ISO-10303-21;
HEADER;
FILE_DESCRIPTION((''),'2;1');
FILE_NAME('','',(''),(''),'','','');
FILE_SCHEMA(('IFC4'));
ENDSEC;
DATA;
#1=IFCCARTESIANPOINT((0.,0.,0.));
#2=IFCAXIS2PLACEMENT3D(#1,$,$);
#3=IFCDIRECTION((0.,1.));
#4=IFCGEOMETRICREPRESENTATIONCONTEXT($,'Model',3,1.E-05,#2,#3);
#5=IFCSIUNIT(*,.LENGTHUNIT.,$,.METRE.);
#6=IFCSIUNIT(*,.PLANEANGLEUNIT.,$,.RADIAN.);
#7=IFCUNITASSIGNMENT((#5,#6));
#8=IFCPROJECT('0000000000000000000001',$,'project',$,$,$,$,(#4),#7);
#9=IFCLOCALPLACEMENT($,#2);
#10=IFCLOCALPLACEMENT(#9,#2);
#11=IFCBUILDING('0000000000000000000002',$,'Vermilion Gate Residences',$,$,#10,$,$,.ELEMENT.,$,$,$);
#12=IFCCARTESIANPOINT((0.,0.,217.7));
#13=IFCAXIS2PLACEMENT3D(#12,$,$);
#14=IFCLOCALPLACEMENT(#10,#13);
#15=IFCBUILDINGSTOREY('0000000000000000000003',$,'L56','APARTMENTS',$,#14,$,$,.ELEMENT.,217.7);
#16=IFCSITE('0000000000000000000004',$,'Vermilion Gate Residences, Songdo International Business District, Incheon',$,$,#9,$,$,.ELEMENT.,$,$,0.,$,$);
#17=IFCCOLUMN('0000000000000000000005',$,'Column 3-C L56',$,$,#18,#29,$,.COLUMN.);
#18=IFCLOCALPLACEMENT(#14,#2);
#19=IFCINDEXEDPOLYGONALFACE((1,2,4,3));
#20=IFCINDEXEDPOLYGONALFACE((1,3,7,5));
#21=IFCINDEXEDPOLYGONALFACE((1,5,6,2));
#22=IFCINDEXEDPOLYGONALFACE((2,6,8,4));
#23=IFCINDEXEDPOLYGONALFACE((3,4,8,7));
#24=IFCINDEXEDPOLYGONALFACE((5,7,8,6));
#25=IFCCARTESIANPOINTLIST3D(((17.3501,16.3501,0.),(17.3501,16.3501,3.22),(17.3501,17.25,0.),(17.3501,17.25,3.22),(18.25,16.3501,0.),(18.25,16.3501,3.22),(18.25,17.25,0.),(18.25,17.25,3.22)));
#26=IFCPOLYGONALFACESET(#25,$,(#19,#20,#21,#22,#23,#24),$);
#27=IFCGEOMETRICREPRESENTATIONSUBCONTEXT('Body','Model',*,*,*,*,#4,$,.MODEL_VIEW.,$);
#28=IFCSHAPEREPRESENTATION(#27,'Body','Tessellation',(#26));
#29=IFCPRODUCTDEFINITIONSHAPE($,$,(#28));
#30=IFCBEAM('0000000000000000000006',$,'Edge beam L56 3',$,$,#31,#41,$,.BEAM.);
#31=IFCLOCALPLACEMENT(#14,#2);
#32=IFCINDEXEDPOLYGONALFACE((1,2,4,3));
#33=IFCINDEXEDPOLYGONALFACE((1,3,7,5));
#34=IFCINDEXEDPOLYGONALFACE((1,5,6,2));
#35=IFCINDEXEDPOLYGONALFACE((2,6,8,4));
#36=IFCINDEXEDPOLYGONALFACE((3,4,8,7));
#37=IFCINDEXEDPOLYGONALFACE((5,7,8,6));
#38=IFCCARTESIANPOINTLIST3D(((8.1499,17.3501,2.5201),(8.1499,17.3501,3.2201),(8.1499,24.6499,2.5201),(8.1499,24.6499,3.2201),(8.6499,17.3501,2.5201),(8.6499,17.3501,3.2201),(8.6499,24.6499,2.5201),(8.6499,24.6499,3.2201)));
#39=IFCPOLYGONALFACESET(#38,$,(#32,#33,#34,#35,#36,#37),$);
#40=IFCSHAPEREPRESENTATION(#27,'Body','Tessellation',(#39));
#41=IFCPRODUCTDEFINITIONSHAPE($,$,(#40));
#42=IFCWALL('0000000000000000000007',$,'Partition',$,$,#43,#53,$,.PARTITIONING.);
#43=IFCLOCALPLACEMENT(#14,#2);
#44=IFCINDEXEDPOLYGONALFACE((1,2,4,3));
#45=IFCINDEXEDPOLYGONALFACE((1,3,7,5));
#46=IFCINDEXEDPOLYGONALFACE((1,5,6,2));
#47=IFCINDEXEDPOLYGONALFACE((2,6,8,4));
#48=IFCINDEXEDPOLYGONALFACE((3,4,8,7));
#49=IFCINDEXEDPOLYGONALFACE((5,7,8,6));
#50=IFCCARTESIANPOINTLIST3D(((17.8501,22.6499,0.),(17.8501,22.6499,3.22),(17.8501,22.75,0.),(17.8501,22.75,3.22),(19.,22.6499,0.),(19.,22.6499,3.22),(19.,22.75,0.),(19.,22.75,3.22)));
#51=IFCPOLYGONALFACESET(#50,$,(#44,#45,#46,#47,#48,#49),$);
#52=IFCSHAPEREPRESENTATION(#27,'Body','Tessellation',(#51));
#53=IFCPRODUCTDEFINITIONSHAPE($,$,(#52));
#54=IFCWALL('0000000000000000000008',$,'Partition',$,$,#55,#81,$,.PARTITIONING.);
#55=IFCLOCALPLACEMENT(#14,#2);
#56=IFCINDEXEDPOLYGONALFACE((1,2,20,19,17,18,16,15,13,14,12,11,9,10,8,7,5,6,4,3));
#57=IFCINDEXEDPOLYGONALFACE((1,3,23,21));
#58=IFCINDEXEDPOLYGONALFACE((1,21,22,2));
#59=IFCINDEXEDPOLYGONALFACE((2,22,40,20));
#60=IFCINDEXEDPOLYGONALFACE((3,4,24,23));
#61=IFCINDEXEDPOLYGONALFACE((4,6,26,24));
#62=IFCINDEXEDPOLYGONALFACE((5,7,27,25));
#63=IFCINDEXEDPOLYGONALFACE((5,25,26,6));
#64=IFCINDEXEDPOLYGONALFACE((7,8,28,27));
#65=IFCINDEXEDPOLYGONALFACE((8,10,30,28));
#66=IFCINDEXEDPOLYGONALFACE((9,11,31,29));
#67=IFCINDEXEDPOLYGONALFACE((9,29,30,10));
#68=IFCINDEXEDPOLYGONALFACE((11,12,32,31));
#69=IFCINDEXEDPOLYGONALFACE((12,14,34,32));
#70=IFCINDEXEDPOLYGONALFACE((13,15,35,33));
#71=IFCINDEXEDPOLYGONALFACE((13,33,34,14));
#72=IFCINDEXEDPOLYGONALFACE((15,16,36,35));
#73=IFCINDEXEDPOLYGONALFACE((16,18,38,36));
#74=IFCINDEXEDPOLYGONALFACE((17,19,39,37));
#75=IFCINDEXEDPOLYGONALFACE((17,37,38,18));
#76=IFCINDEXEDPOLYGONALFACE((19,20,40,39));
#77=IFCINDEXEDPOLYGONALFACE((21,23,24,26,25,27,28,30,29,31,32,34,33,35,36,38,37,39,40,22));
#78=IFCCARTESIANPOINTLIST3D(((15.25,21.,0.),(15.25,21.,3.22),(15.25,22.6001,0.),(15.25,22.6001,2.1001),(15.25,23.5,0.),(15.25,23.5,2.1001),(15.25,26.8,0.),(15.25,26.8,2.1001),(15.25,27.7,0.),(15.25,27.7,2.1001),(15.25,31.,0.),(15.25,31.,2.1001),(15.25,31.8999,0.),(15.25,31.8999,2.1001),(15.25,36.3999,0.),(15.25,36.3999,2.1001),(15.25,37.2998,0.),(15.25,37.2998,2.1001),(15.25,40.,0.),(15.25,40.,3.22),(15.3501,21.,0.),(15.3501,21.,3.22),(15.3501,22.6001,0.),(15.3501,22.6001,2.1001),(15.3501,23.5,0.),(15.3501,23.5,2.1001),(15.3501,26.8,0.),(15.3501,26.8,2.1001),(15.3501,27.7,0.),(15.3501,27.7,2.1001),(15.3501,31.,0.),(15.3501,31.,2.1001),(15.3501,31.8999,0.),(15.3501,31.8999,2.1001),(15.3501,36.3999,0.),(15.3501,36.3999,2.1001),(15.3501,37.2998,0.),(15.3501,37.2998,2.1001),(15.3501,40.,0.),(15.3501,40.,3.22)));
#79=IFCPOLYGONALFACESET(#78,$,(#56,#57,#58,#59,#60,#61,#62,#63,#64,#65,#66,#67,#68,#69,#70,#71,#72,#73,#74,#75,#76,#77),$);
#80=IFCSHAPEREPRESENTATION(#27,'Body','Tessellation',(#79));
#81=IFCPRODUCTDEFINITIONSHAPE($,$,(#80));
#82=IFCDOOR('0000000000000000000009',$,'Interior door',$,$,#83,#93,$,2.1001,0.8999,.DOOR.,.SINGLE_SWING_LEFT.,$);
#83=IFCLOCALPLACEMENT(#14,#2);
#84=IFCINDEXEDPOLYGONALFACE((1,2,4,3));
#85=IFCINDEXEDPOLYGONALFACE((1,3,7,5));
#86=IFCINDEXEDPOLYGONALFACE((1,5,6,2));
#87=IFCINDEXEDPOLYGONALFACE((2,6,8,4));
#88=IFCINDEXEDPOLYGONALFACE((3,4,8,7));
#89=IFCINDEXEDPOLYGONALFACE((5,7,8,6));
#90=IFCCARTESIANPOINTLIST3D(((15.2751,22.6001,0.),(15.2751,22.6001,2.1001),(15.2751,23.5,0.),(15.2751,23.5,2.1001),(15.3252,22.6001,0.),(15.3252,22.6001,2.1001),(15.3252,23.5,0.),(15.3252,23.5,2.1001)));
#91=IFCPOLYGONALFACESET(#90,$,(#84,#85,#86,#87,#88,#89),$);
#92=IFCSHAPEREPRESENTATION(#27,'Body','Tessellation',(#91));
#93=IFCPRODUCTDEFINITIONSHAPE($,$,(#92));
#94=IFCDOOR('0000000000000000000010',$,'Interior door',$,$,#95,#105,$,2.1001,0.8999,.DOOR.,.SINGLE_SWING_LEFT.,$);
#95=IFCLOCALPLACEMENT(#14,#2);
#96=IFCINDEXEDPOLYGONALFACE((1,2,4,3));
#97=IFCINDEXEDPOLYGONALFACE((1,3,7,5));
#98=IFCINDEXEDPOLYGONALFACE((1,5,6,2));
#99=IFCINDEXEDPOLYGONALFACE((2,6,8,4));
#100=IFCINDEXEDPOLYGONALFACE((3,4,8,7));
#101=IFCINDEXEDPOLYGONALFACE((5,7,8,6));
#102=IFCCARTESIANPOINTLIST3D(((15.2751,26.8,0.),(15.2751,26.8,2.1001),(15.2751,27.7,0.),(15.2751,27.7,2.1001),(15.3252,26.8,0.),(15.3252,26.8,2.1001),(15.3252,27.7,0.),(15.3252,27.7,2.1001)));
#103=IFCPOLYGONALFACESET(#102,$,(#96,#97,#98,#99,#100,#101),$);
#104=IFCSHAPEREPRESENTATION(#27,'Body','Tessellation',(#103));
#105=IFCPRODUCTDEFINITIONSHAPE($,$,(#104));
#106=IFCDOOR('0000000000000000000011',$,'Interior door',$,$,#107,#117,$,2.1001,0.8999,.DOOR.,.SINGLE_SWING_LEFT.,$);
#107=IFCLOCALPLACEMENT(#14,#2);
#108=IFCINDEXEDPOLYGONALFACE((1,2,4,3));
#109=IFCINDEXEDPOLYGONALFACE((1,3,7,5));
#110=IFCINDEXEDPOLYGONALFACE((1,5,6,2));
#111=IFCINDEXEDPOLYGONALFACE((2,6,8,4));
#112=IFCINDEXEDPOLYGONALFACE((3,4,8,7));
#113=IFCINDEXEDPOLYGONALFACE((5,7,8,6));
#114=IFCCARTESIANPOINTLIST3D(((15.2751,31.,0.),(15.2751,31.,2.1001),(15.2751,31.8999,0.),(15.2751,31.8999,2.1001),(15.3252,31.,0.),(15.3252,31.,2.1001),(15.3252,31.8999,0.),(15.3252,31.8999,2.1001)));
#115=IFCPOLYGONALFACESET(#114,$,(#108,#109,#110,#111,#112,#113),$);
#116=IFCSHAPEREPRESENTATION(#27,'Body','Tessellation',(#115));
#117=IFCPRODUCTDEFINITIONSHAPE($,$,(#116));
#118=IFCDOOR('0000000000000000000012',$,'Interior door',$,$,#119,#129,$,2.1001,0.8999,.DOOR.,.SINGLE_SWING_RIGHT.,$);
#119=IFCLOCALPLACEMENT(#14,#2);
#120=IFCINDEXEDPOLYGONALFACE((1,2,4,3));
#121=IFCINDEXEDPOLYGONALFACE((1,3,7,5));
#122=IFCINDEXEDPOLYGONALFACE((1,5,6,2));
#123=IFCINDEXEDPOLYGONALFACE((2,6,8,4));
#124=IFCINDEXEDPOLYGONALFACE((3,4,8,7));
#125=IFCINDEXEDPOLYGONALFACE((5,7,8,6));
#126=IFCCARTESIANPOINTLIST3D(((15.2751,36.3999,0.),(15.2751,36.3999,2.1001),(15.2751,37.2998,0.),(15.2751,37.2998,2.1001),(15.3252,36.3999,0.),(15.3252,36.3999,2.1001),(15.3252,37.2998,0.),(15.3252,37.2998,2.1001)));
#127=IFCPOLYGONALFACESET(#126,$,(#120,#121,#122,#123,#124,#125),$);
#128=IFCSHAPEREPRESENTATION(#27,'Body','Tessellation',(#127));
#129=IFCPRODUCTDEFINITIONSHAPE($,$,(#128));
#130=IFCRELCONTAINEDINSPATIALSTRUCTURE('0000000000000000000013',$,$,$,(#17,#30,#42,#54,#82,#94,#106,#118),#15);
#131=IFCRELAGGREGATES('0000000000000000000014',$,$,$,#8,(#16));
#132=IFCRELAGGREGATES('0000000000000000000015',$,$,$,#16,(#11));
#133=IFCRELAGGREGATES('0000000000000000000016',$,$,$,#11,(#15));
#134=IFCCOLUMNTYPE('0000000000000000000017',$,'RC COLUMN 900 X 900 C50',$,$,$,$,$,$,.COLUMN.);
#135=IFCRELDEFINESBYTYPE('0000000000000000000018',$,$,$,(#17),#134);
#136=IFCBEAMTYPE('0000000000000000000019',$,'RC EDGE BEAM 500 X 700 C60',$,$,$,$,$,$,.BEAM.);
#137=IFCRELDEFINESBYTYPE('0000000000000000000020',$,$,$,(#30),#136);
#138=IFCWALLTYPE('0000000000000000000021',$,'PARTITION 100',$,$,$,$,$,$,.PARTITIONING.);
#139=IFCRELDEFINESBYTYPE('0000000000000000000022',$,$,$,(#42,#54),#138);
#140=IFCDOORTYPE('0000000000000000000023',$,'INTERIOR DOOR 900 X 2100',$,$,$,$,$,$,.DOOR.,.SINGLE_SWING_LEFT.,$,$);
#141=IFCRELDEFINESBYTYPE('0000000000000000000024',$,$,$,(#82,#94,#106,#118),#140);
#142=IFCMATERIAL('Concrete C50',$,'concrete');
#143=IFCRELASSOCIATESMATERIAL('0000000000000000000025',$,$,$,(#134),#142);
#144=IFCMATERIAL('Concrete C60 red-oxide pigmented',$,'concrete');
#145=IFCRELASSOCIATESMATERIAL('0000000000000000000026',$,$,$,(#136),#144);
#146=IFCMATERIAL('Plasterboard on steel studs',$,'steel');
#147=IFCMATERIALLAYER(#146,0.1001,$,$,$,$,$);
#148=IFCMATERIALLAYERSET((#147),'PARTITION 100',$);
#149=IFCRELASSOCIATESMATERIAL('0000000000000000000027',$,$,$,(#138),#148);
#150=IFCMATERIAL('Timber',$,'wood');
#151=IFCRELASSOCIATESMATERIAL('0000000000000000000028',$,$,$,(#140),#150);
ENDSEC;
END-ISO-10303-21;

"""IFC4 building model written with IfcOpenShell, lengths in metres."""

from ifc_helpers import new_model, si_unit, direction, frame, frame_2d, origin, origin_2d, place, context, subcontext, project, spatial, rectangle, extrude, material, layer, layer_set, material_profile, profile_set, type_object, element, fill, save


model = new_model("IFC4")

# Units and contexts
model_context = context("Model", 3, precision=1e-05, world=origin(), true_north=direction((0.0, 1.0)))
body_context = subcontext(model_context, "Body", "Model", "MODEL_VIEW")
ifc_project = project(units=[si_unit("LENGTHUNIT", "METRE"), si_unit("PLANEANGLEUNIT", "RADIAN")], contexts=[model_context])

# Site, building, storey
site_placement = place(None, origin())
site = spatial("IfcSite", under=ifc_project, at=site_placement, Name="Vermilion Gate Residences, Songdo International Business District, Incheon", CompositionType="ELEMENT", RefElevation=0.0)
building_placement = place(site_placement, origin())
building = spatial("IfcBuilding", under=site, at=building_placement, Name="Vermilion Gate Residences", CompositionType="ELEMENT")
storey_placement = place(building_placement, frame((0.0, 0.0, 217.7)))
storey = spatial("IfcBuildingStorey", under=building, at=storey_placement, Name="L56", Description="APARTMENTS", CompositionType="ELEMENT", Elevation=217.7)

# Column
ifc_material_1 = material(Name="Concrete C50", Category="concrete")
ifc_material_profile_1 = material_profile(ifc_material_1, rectangle(XDim=0.8999, YDim=0.8999, at=origin_2d()), Name="RC-900x900")
ifc_profile_set_1 = profile_set([ifc_material_profile_1], Name="Concrete C50")
column_type = type_object("IfcColumnType", Name="RC COLUMN 900 X 900 C50", PredefinedType="COLUMN", material=ifc_profile_set_1)
column_placement = place(storey_placement, frame((17.8, 16.8, 0.0), z_axis=(0.0, 0.0, 1.0), x_axis=(1.0, 0.0, 0.0)))
element("IfcColumn", 1, at=column_placement, inside=storey, type_object=column_type, Name="Column 3-C L56", PredefinedType="COLUMN", context=body_context, shape_type="SweptSolid", body=[
    extrude(rectangle(XDim=0.8999, YDim=0.8999, at=origin_2d()), origin(), (0.0, 0.0, 1.0), 3.22),
])

# Beam
ifc_material_2 = material(Name="Concrete C60 red-oxide pigmented", Category="concrete")
ifc_material_profile_2 = material_profile(ifc_material_2, rectangle(XDim=0.5, YDim=0.7, at=origin_2d()), Name="RC-500x700")
ifc_profile_set_2 = profile_set([ifc_material_profile_2], Name="Concrete C60 red-oxide pigmented")
beam_type = type_object("IfcBeamType", Name="RC EDGE BEAM 500 X 700 C60", PredefinedType="BEAM", material=ifc_profile_set_2)
beam_placement = place(storey_placement, frame((8.3999, 17.3501, 2.8701), z_axis=(0.0, 1.0, 0.0), x_axis=(-1.0, 0.0, 0.0)))
element("IfcBeam", 2, at=beam_placement, inside=storey, type_object=beam_type, Name="Edge beam L56 3", PredefinedType="BEAM", context=body_context, shape_type="SweptSolid", body=[
    extrude(rectangle(XDim=0.5, YDim=0.7, at=origin_2d()), origin(), (0.0, 0.0, 1.0), 7.2998),
])

# Wall
ifc_material_3 = material(Name="Plasterboard on steel studs", Category="steel")
ifc_layer_1 = layer(ifc_material_3, 0.1001)
ifc_layer_set_1 = layer_set([ifc_layer_1], Name="PARTITION 100")
wall_type_1 = type_object("IfcWallType", Name="PARTITION 100", PredefinedType="PARTITIONING", material=ifc_layer_set_1)
wall_1_placement = place(storey_placement, frame((17.8501, 22.7, 0.0), z_axis=(0.0, 0.0, 1.0), x_axis=(1.0, 0.0, 0.0)))
element("IfcWall", 3, at=wall_1_placement, inside=storey, type_object=wall_type_1, Name="Partition", PredefinedType="PARTITIONING", context=body_context, shape_type="SweptSolid", body=[
    extrude(rectangle(XDim=1.1499, YDim=0.1001, at=frame_2d((0.575, 0.0))), origin(), (0.0, 0.0, 1.0), 3.22),
])

# Wall, openings, doors
wall_2_placement = place(storey_placement, frame((15.3, 21.0, 0.0), z_axis=(0.0, 0.0, 1.0), x_axis=(0.0, 1.0, 0.0)))
wall_2 = element("IfcWall", 4, at=wall_2_placement, inside=storey, type_object=wall_type_1, Name="Partition", PredefinedType="PARTITIONING", context=body_context, shape_type="SweptSolid", body=[
    extrude(rectangle(XDim=19.0, YDim=0.1001, at=frame_2d((9.5, 0.0))), origin(), (0.0, 0.0, 1.0), 3.22),
])
opening_1_placement = place(wall_2_placement, frame((1.6001, 0.0, 0.0)))
opening_1 = element("IfcOpeningElement", 5, at=opening_1_placement, cuts=wall_2, PredefinedType="OPENING", context=body_context, shape_type="SweptSolid", body=[
    extrude(rectangle(XDim=0.8999, YDim=2.1001, at=frame_2d((0.45, 1.05))), frame((0.0, 0.0601, 0.0), z_axis=(0.0, -1.0, 0.0), x_axis=(1.0, 0.0, 0.0)), (0.0, 0.0, 1.0), 0.1201),
])
opening_2_placement = place(wall_2_placement, frame((5.8, 0.0, 0.0)))
opening_2 = element("IfcOpeningElement", 6, at=opening_2_placement, cuts=wall_2, PredefinedType="OPENING", context=body_context, shape_type="SweptSolid", body=[
    extrude(rectangle(XDim=0.8999, YDim=2.1001, at=frame_2d((0.45, 1.05))), frame((0.0, 0.0601, 0.0), z_axis=(0.0, -1.0, 0.0), x_axis=(1.0, 0.0, 0.0)), (0.0, 0.0, 1.0), 0.1201),
])
opening_3_placement = place(wall_2_placement, frame((10.0, 0.0, 0.0)))
opening_3 = element("IfcOpeningElement", 7, at=opening_3_placement, cuts=wall_2, PredefinedType="OPENING", context=body_context, shape_type="SweptSolid", body=[
    extrude(rectangle(XDim=0.8999, YDim=2.1001, at=frame_2d((0.45, 1.05))), frame((0.0, 0.0601, 0.0), z_axis=(0.0, -1.0, 0.0), x_axis=(1.0, 0.0, 0.0)), (0.0, 0.0, 1.0), 0.1201),
])
opening_4_placement = place(wall_2_placement, frame((15.3999, 0.0, 0.0)))
opening_4 = element("IfcOpeningElement", 8, at=opening_4_placement, cuts=wall_2, PredefinedType="OPENING", context=body_context, shape_type="SweptSolid", body=[
    extrude(rectangle(XDim=0.8999, YDim=2.1001, at=frame_2d((0.45, 1.05))), frame((0.0, 0.0601, 0.0), z_axis=(0.0, -1.0, 0.0), x_axis=(1.0, 0.0, 0.0)), (0.0, 0.0, 1.0), 0.1201),
])
ifc_material_4 = material(Name="Timber", Category="wood")
door_type_1 = type_object("IfcDoorType", Name="INTERIOR DOOR 900 X 2100", OperationType="SINGLE_SWING_LEFT", PredefinedType="DOOR", material=ifc_material_4)
door_1_placement = place(opening_1_placement, origin())
door_1 = element("IfcDoor", 9, at=door_1_placement, inside=storey, type_object=door_type_1, Name="Interior door", OperationType="SINGLE_SWING_LEFT", OverallHeight=2.1001, OverallWidth=0.8999, PredefinedType="DOOR", context=body_context, shape_type="SweptSolid", body=[
    extrude(rectangle(XDim=0.8999, YDim=2.1001, at=frame_2d((0.45, 1.05))), frame((0.0, 0.0249, 0.0), z_axis=(0.0, -1.0, 0.0), x_axis=(1.0, 0.0, 0.0)), (0.0, 0.0, 1.0), 0.05),
])
fill(opening_1, door_1)
door_2_placement = place(opening_2_placement, origin())
door_2 = element("IfcDoor", 10, at=door_2_placement, inside=storey, type_object=door_type_1, Name="Interior door", OperationType="SINGLE_SWING_LEFT", OverallHeight=2.1001, OverallWidth=0.8999, PredefinedType="DOOR", context=body_context, shape_type="SweptSolid", body=[
    extrude(rectangle(XDim=0.8999, YDim=2.1001, at=frame_2d((0.45, 1.05))), frame((0.0, 0.0249, 0.0), z_axis=(0.0, -1.0, 0.0), x_axis=(1.0, 0.0, 0.0)), (0.0, 0.0, 1.0), 0.05),
])
fill(opening_2, door_2)
door_3_placement = place(opening_3_placement, origin())
door_3 = element("IfcDoor", 11, at=door_3_placement, inside=storey, type_object=door_type_1, Name="Interior door", OperationType="SINGLE_SWING_LEFT", OverallHeight=2.1001, OverallWidth=0.8999, PredefinedType="DOOR", context=body_context, shape_type="SweptSolid", body=[
    extrude(rectangle(XDim=0.8999, YDim=2.1001, at=frame_2d((0.45, 1.05))), frame((0.0, 0.0249, 0.0), z_axis=(0.0, -1.0, 0.0), x_axis=(1.0, 0.0, 0.0)), (0.0, 0.0, 1.0), 0.05),
])
fill(opening_3, door_3)
door_4_placement = place(opening_4_placement, origin())
door_4 = element("IfcDoor", 12, at=door_4_placement, inside=storey, type_object=door_type_1, Name="Interior door", OperationType="SINGLE_SWING_RIGHT", OverallHeight=2.1001, OverallWidth=0.8999, PredefinedType="DOOR", context=body_context, shape_type="SweptSolid", body=[
    extrude(rectangle(XDim=0.8999, YDim=2.1001, at=frame_2d((0.45, 1.05))), frame((0.0, 0.0249, 0.0), z_axis=(0.0, -1.0, 0.0), x_axis=(1.0, 0.0, 0.0)), (0.0, 0.0, 1.0), 0.05),
])
fill(opening_4, door_4)

save(model, "model.ifc")
